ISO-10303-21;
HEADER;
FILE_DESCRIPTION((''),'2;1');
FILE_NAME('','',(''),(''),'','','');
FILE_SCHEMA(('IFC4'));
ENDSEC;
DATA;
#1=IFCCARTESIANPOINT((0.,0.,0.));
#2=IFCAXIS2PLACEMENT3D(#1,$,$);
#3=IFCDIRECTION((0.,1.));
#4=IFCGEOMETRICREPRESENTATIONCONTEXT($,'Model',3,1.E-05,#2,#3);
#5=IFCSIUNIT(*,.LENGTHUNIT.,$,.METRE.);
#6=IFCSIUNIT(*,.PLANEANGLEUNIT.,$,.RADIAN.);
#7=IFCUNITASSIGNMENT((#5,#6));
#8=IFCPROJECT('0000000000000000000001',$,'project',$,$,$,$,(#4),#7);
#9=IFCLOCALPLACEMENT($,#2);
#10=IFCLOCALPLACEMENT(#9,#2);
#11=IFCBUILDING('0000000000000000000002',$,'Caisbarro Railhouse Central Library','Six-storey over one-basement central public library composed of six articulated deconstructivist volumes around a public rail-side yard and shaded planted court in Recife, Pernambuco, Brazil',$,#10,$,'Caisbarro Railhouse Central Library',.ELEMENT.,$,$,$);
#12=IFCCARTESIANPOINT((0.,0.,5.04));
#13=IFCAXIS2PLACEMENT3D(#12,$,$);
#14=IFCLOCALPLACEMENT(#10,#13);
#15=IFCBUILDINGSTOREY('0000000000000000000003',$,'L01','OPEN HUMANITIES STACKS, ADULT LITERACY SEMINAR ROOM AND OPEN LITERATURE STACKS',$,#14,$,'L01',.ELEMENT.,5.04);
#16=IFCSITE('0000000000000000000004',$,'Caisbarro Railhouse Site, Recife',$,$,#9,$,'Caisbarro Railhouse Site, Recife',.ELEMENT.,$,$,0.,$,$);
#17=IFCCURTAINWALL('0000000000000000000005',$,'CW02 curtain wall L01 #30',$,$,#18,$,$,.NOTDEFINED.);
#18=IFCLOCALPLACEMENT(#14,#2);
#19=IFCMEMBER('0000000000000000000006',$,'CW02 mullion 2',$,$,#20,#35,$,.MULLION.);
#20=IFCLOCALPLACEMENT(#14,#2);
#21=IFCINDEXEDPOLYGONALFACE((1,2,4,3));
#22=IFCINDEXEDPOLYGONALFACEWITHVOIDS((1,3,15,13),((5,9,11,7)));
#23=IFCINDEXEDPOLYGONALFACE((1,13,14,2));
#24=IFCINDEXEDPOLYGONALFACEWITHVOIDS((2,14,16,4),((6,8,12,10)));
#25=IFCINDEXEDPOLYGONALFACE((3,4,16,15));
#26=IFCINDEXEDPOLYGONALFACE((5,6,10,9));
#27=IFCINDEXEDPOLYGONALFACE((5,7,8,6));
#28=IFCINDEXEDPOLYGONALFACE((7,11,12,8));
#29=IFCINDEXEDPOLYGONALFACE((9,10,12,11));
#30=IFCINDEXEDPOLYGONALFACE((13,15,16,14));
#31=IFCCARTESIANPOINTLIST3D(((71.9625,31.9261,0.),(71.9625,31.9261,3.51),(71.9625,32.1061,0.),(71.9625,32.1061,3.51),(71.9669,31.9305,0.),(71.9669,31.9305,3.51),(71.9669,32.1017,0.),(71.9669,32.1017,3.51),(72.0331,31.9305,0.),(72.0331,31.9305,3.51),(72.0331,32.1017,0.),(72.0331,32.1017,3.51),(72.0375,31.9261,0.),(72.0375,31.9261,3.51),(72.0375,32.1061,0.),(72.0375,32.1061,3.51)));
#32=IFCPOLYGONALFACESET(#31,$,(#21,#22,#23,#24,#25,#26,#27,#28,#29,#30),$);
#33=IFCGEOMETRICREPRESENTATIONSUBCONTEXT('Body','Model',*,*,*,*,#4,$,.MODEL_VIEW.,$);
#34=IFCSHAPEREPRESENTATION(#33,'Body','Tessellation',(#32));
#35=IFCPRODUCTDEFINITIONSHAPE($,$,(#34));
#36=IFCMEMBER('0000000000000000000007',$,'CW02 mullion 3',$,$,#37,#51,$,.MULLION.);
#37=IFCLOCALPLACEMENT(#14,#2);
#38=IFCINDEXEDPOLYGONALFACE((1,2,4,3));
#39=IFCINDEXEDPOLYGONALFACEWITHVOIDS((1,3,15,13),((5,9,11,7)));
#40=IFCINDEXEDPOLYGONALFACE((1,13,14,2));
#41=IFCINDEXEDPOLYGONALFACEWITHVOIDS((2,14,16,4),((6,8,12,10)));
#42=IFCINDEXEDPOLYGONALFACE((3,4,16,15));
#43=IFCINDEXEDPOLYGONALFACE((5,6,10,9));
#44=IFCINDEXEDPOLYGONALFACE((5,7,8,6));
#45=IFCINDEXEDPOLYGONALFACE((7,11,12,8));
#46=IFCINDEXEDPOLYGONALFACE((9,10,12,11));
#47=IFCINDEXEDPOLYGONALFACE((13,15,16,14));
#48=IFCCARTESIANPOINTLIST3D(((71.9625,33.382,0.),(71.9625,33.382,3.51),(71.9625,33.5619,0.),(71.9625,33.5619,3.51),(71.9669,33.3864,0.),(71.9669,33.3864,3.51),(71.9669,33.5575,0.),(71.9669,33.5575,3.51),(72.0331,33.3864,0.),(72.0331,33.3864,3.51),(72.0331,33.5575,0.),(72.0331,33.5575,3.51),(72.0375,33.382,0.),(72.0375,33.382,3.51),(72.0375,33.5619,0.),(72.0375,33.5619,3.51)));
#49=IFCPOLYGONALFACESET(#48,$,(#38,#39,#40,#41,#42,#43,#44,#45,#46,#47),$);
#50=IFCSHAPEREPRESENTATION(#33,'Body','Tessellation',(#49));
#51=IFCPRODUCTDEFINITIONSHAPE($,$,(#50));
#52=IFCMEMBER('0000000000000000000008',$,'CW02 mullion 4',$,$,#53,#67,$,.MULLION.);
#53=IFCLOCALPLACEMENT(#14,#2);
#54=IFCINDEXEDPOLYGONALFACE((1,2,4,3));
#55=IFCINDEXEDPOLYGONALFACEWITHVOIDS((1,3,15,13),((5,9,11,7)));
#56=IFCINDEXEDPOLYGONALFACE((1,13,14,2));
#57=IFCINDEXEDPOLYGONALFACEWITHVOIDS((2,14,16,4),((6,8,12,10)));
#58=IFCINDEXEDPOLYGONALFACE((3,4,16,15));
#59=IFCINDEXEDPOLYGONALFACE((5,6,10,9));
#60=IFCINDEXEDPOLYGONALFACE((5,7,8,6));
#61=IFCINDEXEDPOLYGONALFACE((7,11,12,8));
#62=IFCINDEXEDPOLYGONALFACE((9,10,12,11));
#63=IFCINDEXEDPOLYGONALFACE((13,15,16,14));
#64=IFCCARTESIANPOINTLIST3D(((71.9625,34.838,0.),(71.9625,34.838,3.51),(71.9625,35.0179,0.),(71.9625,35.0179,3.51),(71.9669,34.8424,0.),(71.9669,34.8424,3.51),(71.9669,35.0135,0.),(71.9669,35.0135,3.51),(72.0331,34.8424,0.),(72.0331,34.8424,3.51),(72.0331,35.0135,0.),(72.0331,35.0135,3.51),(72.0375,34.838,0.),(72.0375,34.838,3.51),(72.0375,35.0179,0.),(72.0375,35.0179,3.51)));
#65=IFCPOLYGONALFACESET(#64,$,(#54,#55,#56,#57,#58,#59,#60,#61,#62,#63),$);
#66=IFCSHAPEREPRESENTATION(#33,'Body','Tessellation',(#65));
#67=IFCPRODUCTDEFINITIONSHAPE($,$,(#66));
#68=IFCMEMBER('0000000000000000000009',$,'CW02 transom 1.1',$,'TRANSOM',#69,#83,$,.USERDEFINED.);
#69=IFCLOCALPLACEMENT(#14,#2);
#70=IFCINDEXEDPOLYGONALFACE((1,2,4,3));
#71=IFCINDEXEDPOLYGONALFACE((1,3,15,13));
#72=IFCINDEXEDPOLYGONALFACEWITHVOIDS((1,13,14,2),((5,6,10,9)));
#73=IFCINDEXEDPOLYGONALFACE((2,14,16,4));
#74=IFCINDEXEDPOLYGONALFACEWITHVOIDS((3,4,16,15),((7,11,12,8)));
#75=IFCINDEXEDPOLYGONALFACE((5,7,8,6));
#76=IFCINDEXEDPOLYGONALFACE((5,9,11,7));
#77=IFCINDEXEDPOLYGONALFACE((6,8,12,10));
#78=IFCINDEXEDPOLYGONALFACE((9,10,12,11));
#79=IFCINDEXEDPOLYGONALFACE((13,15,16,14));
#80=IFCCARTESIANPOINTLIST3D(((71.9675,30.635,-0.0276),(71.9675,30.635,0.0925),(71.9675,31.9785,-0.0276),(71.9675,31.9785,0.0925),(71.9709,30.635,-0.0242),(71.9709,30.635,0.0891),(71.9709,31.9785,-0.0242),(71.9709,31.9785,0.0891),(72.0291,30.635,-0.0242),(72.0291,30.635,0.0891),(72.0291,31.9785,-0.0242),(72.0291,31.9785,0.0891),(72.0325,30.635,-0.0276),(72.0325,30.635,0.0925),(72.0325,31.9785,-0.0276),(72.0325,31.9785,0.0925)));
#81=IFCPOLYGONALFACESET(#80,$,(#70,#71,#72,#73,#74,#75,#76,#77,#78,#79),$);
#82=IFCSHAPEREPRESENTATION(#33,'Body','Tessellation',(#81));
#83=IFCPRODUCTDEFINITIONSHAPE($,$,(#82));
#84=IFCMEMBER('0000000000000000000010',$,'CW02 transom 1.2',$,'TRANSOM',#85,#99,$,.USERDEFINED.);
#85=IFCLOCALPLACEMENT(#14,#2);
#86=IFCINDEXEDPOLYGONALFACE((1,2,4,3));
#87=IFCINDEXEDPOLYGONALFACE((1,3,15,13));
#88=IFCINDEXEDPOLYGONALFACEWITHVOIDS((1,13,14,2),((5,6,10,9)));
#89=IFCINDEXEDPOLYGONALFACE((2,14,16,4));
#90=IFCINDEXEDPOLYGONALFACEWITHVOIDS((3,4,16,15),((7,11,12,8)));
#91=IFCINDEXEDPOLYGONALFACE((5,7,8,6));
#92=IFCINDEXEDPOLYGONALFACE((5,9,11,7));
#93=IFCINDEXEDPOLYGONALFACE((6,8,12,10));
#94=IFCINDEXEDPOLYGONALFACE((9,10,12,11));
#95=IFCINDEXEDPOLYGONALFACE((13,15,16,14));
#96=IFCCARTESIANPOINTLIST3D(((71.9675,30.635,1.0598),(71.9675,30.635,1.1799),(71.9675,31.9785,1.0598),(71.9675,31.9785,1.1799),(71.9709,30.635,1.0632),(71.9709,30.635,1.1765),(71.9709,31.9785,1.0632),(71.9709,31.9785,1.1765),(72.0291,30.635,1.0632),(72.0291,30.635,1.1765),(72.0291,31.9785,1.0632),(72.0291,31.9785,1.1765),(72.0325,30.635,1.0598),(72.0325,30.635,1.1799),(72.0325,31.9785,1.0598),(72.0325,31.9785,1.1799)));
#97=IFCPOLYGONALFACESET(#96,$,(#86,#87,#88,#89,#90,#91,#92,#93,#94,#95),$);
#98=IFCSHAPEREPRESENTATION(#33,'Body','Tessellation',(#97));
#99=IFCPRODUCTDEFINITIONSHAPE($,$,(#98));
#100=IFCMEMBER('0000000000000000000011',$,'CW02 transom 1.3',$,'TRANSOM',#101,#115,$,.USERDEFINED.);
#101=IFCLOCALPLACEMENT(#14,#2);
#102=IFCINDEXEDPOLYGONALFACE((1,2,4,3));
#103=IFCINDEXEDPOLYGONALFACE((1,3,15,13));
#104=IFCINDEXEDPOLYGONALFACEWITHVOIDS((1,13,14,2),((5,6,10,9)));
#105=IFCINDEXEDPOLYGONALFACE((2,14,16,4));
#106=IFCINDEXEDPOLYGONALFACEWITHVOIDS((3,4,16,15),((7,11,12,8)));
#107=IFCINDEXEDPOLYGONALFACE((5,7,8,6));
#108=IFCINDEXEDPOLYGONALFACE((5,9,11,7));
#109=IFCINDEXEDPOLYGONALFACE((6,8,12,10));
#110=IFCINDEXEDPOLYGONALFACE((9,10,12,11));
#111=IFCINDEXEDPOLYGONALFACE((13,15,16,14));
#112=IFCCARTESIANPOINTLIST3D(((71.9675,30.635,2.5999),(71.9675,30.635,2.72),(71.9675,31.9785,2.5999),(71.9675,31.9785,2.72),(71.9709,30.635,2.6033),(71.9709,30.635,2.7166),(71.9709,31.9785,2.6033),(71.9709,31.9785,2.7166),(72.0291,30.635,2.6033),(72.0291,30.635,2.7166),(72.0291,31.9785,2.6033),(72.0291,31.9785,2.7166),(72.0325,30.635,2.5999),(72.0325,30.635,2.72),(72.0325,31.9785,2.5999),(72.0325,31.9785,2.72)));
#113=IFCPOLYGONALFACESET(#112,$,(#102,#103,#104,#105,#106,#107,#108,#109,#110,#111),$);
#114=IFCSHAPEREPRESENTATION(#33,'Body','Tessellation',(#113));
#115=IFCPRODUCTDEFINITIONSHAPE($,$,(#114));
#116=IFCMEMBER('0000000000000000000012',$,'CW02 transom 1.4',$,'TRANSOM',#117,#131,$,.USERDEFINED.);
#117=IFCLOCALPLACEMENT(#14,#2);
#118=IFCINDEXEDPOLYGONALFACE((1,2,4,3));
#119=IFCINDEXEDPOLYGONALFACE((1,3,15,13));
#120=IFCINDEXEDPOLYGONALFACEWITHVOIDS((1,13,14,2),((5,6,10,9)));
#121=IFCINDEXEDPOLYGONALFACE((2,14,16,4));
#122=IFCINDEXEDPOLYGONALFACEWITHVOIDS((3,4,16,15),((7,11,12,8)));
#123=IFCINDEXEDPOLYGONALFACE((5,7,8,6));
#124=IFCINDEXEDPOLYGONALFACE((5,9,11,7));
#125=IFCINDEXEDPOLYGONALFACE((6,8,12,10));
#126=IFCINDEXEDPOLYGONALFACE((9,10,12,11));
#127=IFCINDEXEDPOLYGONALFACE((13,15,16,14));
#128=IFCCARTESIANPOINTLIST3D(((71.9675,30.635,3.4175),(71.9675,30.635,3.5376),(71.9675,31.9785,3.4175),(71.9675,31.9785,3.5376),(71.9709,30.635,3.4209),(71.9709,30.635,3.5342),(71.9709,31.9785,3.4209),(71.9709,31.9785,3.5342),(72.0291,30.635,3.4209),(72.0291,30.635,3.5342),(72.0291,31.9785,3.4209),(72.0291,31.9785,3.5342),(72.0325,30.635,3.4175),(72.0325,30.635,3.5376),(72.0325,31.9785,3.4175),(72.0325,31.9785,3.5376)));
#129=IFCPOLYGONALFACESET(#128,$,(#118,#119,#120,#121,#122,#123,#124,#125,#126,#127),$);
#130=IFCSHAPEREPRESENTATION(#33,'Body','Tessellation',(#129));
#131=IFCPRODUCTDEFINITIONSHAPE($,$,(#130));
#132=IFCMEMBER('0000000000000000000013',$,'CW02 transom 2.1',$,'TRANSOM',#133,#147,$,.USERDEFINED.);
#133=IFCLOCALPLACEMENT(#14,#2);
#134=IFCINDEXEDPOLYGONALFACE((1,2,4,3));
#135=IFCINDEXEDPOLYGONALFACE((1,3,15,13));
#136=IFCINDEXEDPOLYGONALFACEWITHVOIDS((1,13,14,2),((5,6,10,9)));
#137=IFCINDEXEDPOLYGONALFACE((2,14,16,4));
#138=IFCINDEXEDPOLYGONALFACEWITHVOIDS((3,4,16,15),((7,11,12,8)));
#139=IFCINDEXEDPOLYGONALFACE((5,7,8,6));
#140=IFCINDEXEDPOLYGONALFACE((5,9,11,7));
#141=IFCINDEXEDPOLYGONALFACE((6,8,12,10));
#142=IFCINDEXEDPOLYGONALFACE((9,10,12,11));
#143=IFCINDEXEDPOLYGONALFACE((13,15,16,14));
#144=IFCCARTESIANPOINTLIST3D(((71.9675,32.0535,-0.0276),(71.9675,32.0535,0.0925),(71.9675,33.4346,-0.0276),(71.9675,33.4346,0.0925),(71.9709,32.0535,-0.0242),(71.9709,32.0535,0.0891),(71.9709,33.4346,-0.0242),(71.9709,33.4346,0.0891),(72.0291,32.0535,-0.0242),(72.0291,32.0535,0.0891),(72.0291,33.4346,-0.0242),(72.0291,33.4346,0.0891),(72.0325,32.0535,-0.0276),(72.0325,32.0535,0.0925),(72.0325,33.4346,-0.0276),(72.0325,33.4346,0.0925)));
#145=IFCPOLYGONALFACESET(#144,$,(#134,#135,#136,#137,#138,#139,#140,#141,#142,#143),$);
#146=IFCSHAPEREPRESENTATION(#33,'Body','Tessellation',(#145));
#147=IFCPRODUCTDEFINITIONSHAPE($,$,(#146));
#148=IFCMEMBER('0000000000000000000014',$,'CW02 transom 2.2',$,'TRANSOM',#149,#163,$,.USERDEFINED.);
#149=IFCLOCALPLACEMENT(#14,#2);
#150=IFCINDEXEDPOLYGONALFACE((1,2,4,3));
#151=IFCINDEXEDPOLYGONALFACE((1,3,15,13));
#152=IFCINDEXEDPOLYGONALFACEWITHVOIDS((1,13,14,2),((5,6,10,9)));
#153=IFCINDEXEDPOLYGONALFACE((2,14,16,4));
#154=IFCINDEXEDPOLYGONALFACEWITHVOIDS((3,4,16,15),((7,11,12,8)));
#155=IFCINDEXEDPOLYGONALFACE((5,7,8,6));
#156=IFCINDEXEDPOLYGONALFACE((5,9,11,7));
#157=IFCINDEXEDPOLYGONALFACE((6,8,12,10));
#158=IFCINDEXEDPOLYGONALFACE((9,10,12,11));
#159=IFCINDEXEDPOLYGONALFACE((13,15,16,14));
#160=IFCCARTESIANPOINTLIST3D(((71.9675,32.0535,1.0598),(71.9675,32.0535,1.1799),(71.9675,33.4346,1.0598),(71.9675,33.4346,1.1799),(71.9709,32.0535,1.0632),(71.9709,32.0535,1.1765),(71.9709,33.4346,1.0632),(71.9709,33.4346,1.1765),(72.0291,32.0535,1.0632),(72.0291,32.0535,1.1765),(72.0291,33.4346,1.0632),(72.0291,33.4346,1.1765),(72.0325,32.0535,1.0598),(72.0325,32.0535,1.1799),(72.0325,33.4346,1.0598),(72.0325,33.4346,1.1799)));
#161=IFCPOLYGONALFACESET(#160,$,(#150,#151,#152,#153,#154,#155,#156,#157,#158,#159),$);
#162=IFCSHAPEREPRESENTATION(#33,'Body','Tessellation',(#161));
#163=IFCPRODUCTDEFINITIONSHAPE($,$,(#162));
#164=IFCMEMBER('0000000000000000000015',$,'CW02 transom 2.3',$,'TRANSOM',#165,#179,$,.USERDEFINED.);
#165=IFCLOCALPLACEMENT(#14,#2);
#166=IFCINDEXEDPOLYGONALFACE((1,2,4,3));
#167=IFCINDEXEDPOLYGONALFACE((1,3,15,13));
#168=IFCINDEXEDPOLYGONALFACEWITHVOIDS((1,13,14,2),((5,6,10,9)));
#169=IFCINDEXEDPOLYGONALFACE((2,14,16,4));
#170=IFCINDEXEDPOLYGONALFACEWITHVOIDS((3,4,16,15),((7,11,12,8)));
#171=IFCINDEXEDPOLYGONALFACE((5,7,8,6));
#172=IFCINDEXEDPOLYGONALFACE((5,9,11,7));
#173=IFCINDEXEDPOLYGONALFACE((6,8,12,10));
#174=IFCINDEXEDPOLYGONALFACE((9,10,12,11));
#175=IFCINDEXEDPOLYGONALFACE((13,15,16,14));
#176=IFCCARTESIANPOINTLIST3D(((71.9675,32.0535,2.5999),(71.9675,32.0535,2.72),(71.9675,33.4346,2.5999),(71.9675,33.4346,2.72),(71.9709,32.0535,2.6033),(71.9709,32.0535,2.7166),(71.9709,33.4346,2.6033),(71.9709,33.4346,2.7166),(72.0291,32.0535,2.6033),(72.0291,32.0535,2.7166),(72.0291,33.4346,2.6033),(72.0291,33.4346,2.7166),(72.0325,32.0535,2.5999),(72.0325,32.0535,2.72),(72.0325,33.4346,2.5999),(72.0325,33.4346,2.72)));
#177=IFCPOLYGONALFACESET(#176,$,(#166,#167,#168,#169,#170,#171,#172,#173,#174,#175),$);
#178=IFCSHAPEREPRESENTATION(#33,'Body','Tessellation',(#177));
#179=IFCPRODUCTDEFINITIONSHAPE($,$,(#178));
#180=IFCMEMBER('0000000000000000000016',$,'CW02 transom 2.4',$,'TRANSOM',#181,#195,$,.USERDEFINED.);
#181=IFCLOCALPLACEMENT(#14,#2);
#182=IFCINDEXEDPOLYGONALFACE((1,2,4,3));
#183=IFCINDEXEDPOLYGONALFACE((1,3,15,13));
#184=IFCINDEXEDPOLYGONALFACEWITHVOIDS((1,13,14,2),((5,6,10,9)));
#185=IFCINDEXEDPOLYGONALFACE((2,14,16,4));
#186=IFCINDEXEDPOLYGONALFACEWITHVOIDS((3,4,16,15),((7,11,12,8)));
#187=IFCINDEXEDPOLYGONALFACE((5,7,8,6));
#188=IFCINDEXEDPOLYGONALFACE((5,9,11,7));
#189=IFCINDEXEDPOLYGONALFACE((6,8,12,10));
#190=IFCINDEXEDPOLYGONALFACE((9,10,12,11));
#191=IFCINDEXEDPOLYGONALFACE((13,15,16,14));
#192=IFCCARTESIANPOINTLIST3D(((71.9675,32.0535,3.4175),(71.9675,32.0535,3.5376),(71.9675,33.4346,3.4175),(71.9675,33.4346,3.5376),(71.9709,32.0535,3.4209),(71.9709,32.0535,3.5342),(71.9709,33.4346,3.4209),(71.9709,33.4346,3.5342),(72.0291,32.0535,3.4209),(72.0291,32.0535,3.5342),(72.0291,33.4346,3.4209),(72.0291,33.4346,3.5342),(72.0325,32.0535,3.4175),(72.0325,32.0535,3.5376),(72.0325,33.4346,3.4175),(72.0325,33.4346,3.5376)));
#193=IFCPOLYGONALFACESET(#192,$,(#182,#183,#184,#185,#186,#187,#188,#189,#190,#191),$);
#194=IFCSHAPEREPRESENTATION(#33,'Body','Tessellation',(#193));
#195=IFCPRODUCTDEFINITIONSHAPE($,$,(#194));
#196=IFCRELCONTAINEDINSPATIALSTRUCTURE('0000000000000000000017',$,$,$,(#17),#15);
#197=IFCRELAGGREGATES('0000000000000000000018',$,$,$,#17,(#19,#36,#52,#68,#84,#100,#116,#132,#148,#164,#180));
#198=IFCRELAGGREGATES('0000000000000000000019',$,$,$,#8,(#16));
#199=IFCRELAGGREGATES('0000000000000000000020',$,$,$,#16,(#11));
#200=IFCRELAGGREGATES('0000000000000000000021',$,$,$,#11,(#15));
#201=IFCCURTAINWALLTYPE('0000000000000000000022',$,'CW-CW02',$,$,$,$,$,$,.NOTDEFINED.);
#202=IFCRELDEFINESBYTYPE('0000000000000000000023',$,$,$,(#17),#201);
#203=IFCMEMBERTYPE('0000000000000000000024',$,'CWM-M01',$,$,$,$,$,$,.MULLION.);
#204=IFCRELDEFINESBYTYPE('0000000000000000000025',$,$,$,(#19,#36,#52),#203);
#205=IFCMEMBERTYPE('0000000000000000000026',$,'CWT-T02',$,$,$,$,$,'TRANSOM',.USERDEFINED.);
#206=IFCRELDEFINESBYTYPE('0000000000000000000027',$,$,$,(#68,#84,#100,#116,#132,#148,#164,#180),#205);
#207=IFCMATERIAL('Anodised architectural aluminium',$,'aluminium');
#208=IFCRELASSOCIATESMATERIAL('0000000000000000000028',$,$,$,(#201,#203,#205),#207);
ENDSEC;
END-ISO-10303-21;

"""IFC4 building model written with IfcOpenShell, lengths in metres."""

from ifc_helpers import new_model, si_unit, direction, frame, origin, origin_2d, place, context, subcontext, project, spatial, hollow_rectangle, extrude, material, material_profile, profile_set, type_object, element, aggregate, save


model = new_model("IFC4")

# Units and contexts
model_context = context("Model", 3, precision=1e-05, world=origin(), true_north=direction((0.0, 1.0)))
body_context = subcontext(model_context, "Body", "Model", "MODEL_VIEW")
ifc_project = project(units=[si_unit("LENGTHUNIT", "METRE"), si_unit("PLANEANGLEUNIT", "RADIAN")], contexts=[model_context])

# Site, building, storey
site_placement = place(None, origin())
site = spatial("IfcSite", under=ifc_project, at=site_placement, Name="Caisbarro Railhouse Site, Recife", LongName="Caisbarro Railhouse Site, Recife", CompositionType="ELEMENT", RefElevation=0.0)
building_placement = place(site_placement, origin())
building = spatial("IfcBuilding", under=site, at=building_placement, Name="Caisbarro Railhouse Central Library", Description="Six-storey over one-basement central public library composed of six articulated deconstructivist volumes around a public rail-side yard and shaded planted court in Recife, Pernambuco, Brazil", LongName="Caisbarro Railhouse Central Library", CompositionType="ELEMENT")
storey_placement = place(building_placement, frame((0.0, 0.0, 5.04)))
storey = spatial("IfcBuildingStorey", under=building, at=storey_placement, Name="L01", Description="OPEN HUMANITIES STACKS, ADULT LITERACY SEMINAR ROOM AND OPEN LITERATURE STACKS", LongName="L01", CompositionType="ELEMENT", Elevation=5.04)

# Curtain wall, members
ifc_material_1 = material(Name="Anodised architectural aluminium", Category="aluminium")
curtain_wall_type = type_object("IfcCurtainWallType", Name="CW-CW02", PredefinedType="NOTDEFINED", material=ifc_material_1)
curtain_wall_placement = place(storey_placement, origin())
curtain_wall = element("IfcCurtainWall", 1, at=curtain_wall_placement, inside=storey, type_object=curtain_wall_type, Name="CW02 curtain wall L01 #30", PredefinedType="NOTDEFINED")
ifc_material_profile_1 = material_profile(ifc_material_1, hollow_rectangle(XDim=0.075, YDim=0.1799, WallThickness=0.0044, at=origin_2d()), Name="ALU-MUL-75X180")
ifc_profile_set_1 = profile_set([ifc_material_profile_1], Name="Anodised architectural aluminium")
member_type_1 = type_object("IfcMemberType", Name="CWM-M01", PredefinedType="MULLION", material=ifc_profile_set_1)
member_1_placement = place(storey_placement, frame((72.0, 32.0161, 0.0), z_axis=(0.0, 0.0, 1.0), x_axis=(-1.0, 0.0, 0.0)))
member_1 = element("IfcMember", 2, at=member_1_placement, type_object=member_type_1, Name="CW02 mullion 2", PredefinedType="MULLION", context=body_context, shape_type="SweptSolid", body=[
    extrude(hollow_rectangle(XDim=0.075, YDim=0.1799, WallThickness=0.0044, at=origin_2d()), origin(), (0.0, 0.0, 1.0), 3.51),
])
member_2_placement = place(storey_placement, frame((72.0, 33.4719, 0.0), z_axis=(0.0, 0.0, 1.0), x_axis=(-1.0, 0.0, 0.0)))
member_2 = element("IfcMember", 3, at=member_2_placement, type_object=member_type_1, Name="CW02 mullion 3", PredefinedType="MULLION", context=body_context, shape_type="SweptSolid", body=[
    extrude(hollow_rectangle(XDim=0.075, YDim=0.1799, WallThickness=0.0044, at=origin_2d()), origin(), (0.0, 0.0, 1.0), 3.51),
])
member_3_placement = place(storey_placement, frame((72.0, 34.928, 0.0), z_axis=(0.0, 0.0, 1.0), x_axis=(-1.0, 0.0, 0.0)))
member_3 = element("IfcMember", 4, at=member_3_placement, type_object=member_type_1, Name="CW02 mullion 4", PredefinedType="MULLION", context=body_context, shape_type="SweptSolid", body=[
    extrude(hollow_rectangle(XDim=0.075, YDim=0.1799, WallThickness=0.0044, at=origin_2d()), origin(), (0.0, 0.0, 1.0), 3.51),
])
ifc_material_profile_2 = material_profile(ifc_material_1, hollow_rectangle(XDim=0.0649, YDim=0.1201, WallThickness=0.0034, at=origin_2d()), Name="ALU-TRN-65X120")
ifc_profile_set_2 = profile_set([ifc_material_profile_2], Name="Anodised architectural aluminium")
member_type_2 = type_object("IfcMemberType", Name="CWT-T02", ElementType="TRANSOM", PredefinedType="USERDEFINED", material=ifc_profile_set_2)
member_4_placement = place(storey_placement, frame((72.0, 30.635, 0.0325), z_axis=(0.0, 1.0, 0.0), x_axis=(-1.0, 0.0, 0.0)))
member_4 = element("IfcMember", 5, at=member_4_placement, type_object=member_type_2, Name="CW02 transom 1.1", ObjectType="TRANSOM", PredefinedType="USERDEFINED", context=body_context, shape_type="SweptSolid", body=[
    extrude(hollow_rectangle(XDim=0.0649, YDim=0.1201, WallThickness=0.0034, at=origin_2d()), origin(), (0.0, 0.0, 1.0), 1.3435),
])
member_5_placement = place(storey_placement, frame((72.0, 30.635, 1.1199), z_axis=(0.0, 1.0, 0.0), x_axis=(-1.0, 0.0, 0.0)))
member_5 = element("IfcMember", 6, at=member_5_placement, type_object=member_type_2, Name="CW02 transom 1.2", ObjectType="TRANSOM", PredefinedType="USERDEFINED", context=body_context, shape_type="SweptSolid", body=[
    extrude(hollow_rectangle(XDim=0.0649, YDim=0.1201, WallThickness=0.0034, at=origin_2d()), origin(), (0.0, 0.0, 1.0), 1.3435),
])
member_6_placement = place(storey_placement, frame((72.0, 30.635, 2.6599), z_axis=(0.0, 1.0, 0.0), x_axis=(-1.0, 0.0, 0.0)))
member_6 = element("IfcMember", 7, at=member_6_placement, type_object=member_type_2, Name="CW02 transom 1.3", ObjectType="TRANSOM", PredefinedType="USERDEFINED", context=body_context, shape_type="SweptSolid", body=[
    extrude(hollow_rectangle(XDim=0.0649, YDim=0.1201, WallThickness=0.0034, at=origin_2d()), origin(), (0.0, 0.0, 1.0), 1.3435),
])
member_7_placement = place(storey_placement, frame((72.0, 30.635, 3.4775), z_axis=(0.0, 1.0, 0.0), x_axis=(-1.0, 0.0, 0.0)))
member_7 = element("IfcMember", 8, at=member_7_placement, type_object=member_type_2, Name="CW02 transom 1.4", ObjectType="TRANSOM", PredefinedType="USERDEFINED", context=body_context, shape_type="SweptSolid", body=[
    extrude(hollow_rectangle(XDim=0.0649, YDim=0.1201, WallThickness=0.0034, at=origin_2d()), origin(), (0.0, 0.0, 1.0), 1.3435),
])
member_8_placement = place(storey_placement, frame((72.0, 32.0535, 0.0325), z_axis=(0.0, 1.0, 0.0), x_axis=(-1.0, 0.0, 0.0)))
member_8 = element("IfcMember", 9, at=member_8_placement, type_object=member_type_2, Name="CW02 transom 2.1", ObjectType="TRANSOM", PredefinedType="USERDEFINED", context=body_context, shape_type="SweptSolid", body=[
    extrude(hollow_rectangle(XDim=0.0649, YDim=0.1201, WallThickness=0.0034, at=origin_2d()), origin(), (0.0, 0.0, 1.0), 1.3811),
])
member_9_placement = place(storey_placement, frame((72.0, 32.0535, 1.1199), z_axis=(0.0, 1.0, 0.0), x_axis=(-1.0, 0.0, 0.0)))
member_9 = element("IfcMember", 10, at=member_9_placement, type_object=member_type_2, Name="CW02 transom 2.2", ObjectType="TRANSOM", PredefinedType="USERDEFINED", context=body_context, shape_type="SweptSolid", body=[
    extrude(hollow_rectangle(XDim=0.0649, YDim=0.1201, WallThickness=0.0034, at=origin_2d()), origin(), (0.0, 0.0, 1.0), 1.3811),
])
member_10_placement = place(storey_placement, frame((72.0, 32.0535, 2.6599), z_axis=(0.0, 1.0, 0.0), x_axis=(-1.0, 0.0, 0.0)))
member_10 = element("IfcMember", 11, at=member_10_placement, type_object=member_type_2, Name="CW02 transom 2.3", ObjectType="TRANSOM", PredefinedType="USERDEFINED", context=body_context, shape_type="SweptSolid", body=[
    extrude(hollow_rectangle(XDim=0.0649, YDim=0.1201, WallThickness=0.0034, at=origin_2d()), origin(), (0.0, 0.0, 1.0), 1.3811),
])
member_11_placement = place(storey_placement, frame((72.0, 32.0535, 3.4775), z_axis=(0.0, 1.0, 0.0), x_axis=(-1.0, 0.0, 0.0)))
member_11 = element("IfcMember", 12, at=member_11_placement, type_object=member_type_2, Name="CW02 transom 2.4", ObjectType="TRANSOM", PredefinedType="USERDEFINED", context=body_context, shape_type="SweptSolid", body=[
    extrude(hollow_rectangle(XDim=0.0649, YDim=0.1201, WallThickness=0.0034, at=origin_2d()), origin(), (0.0, 0.0, 1.0), 1.3811),
])
aggregate(curtain_wall, [member_1, member_2, member_3, member_4, member_5, member_6, member_7, member_8, member_9, member_10, member_11])

save(model, "model.ifc")
